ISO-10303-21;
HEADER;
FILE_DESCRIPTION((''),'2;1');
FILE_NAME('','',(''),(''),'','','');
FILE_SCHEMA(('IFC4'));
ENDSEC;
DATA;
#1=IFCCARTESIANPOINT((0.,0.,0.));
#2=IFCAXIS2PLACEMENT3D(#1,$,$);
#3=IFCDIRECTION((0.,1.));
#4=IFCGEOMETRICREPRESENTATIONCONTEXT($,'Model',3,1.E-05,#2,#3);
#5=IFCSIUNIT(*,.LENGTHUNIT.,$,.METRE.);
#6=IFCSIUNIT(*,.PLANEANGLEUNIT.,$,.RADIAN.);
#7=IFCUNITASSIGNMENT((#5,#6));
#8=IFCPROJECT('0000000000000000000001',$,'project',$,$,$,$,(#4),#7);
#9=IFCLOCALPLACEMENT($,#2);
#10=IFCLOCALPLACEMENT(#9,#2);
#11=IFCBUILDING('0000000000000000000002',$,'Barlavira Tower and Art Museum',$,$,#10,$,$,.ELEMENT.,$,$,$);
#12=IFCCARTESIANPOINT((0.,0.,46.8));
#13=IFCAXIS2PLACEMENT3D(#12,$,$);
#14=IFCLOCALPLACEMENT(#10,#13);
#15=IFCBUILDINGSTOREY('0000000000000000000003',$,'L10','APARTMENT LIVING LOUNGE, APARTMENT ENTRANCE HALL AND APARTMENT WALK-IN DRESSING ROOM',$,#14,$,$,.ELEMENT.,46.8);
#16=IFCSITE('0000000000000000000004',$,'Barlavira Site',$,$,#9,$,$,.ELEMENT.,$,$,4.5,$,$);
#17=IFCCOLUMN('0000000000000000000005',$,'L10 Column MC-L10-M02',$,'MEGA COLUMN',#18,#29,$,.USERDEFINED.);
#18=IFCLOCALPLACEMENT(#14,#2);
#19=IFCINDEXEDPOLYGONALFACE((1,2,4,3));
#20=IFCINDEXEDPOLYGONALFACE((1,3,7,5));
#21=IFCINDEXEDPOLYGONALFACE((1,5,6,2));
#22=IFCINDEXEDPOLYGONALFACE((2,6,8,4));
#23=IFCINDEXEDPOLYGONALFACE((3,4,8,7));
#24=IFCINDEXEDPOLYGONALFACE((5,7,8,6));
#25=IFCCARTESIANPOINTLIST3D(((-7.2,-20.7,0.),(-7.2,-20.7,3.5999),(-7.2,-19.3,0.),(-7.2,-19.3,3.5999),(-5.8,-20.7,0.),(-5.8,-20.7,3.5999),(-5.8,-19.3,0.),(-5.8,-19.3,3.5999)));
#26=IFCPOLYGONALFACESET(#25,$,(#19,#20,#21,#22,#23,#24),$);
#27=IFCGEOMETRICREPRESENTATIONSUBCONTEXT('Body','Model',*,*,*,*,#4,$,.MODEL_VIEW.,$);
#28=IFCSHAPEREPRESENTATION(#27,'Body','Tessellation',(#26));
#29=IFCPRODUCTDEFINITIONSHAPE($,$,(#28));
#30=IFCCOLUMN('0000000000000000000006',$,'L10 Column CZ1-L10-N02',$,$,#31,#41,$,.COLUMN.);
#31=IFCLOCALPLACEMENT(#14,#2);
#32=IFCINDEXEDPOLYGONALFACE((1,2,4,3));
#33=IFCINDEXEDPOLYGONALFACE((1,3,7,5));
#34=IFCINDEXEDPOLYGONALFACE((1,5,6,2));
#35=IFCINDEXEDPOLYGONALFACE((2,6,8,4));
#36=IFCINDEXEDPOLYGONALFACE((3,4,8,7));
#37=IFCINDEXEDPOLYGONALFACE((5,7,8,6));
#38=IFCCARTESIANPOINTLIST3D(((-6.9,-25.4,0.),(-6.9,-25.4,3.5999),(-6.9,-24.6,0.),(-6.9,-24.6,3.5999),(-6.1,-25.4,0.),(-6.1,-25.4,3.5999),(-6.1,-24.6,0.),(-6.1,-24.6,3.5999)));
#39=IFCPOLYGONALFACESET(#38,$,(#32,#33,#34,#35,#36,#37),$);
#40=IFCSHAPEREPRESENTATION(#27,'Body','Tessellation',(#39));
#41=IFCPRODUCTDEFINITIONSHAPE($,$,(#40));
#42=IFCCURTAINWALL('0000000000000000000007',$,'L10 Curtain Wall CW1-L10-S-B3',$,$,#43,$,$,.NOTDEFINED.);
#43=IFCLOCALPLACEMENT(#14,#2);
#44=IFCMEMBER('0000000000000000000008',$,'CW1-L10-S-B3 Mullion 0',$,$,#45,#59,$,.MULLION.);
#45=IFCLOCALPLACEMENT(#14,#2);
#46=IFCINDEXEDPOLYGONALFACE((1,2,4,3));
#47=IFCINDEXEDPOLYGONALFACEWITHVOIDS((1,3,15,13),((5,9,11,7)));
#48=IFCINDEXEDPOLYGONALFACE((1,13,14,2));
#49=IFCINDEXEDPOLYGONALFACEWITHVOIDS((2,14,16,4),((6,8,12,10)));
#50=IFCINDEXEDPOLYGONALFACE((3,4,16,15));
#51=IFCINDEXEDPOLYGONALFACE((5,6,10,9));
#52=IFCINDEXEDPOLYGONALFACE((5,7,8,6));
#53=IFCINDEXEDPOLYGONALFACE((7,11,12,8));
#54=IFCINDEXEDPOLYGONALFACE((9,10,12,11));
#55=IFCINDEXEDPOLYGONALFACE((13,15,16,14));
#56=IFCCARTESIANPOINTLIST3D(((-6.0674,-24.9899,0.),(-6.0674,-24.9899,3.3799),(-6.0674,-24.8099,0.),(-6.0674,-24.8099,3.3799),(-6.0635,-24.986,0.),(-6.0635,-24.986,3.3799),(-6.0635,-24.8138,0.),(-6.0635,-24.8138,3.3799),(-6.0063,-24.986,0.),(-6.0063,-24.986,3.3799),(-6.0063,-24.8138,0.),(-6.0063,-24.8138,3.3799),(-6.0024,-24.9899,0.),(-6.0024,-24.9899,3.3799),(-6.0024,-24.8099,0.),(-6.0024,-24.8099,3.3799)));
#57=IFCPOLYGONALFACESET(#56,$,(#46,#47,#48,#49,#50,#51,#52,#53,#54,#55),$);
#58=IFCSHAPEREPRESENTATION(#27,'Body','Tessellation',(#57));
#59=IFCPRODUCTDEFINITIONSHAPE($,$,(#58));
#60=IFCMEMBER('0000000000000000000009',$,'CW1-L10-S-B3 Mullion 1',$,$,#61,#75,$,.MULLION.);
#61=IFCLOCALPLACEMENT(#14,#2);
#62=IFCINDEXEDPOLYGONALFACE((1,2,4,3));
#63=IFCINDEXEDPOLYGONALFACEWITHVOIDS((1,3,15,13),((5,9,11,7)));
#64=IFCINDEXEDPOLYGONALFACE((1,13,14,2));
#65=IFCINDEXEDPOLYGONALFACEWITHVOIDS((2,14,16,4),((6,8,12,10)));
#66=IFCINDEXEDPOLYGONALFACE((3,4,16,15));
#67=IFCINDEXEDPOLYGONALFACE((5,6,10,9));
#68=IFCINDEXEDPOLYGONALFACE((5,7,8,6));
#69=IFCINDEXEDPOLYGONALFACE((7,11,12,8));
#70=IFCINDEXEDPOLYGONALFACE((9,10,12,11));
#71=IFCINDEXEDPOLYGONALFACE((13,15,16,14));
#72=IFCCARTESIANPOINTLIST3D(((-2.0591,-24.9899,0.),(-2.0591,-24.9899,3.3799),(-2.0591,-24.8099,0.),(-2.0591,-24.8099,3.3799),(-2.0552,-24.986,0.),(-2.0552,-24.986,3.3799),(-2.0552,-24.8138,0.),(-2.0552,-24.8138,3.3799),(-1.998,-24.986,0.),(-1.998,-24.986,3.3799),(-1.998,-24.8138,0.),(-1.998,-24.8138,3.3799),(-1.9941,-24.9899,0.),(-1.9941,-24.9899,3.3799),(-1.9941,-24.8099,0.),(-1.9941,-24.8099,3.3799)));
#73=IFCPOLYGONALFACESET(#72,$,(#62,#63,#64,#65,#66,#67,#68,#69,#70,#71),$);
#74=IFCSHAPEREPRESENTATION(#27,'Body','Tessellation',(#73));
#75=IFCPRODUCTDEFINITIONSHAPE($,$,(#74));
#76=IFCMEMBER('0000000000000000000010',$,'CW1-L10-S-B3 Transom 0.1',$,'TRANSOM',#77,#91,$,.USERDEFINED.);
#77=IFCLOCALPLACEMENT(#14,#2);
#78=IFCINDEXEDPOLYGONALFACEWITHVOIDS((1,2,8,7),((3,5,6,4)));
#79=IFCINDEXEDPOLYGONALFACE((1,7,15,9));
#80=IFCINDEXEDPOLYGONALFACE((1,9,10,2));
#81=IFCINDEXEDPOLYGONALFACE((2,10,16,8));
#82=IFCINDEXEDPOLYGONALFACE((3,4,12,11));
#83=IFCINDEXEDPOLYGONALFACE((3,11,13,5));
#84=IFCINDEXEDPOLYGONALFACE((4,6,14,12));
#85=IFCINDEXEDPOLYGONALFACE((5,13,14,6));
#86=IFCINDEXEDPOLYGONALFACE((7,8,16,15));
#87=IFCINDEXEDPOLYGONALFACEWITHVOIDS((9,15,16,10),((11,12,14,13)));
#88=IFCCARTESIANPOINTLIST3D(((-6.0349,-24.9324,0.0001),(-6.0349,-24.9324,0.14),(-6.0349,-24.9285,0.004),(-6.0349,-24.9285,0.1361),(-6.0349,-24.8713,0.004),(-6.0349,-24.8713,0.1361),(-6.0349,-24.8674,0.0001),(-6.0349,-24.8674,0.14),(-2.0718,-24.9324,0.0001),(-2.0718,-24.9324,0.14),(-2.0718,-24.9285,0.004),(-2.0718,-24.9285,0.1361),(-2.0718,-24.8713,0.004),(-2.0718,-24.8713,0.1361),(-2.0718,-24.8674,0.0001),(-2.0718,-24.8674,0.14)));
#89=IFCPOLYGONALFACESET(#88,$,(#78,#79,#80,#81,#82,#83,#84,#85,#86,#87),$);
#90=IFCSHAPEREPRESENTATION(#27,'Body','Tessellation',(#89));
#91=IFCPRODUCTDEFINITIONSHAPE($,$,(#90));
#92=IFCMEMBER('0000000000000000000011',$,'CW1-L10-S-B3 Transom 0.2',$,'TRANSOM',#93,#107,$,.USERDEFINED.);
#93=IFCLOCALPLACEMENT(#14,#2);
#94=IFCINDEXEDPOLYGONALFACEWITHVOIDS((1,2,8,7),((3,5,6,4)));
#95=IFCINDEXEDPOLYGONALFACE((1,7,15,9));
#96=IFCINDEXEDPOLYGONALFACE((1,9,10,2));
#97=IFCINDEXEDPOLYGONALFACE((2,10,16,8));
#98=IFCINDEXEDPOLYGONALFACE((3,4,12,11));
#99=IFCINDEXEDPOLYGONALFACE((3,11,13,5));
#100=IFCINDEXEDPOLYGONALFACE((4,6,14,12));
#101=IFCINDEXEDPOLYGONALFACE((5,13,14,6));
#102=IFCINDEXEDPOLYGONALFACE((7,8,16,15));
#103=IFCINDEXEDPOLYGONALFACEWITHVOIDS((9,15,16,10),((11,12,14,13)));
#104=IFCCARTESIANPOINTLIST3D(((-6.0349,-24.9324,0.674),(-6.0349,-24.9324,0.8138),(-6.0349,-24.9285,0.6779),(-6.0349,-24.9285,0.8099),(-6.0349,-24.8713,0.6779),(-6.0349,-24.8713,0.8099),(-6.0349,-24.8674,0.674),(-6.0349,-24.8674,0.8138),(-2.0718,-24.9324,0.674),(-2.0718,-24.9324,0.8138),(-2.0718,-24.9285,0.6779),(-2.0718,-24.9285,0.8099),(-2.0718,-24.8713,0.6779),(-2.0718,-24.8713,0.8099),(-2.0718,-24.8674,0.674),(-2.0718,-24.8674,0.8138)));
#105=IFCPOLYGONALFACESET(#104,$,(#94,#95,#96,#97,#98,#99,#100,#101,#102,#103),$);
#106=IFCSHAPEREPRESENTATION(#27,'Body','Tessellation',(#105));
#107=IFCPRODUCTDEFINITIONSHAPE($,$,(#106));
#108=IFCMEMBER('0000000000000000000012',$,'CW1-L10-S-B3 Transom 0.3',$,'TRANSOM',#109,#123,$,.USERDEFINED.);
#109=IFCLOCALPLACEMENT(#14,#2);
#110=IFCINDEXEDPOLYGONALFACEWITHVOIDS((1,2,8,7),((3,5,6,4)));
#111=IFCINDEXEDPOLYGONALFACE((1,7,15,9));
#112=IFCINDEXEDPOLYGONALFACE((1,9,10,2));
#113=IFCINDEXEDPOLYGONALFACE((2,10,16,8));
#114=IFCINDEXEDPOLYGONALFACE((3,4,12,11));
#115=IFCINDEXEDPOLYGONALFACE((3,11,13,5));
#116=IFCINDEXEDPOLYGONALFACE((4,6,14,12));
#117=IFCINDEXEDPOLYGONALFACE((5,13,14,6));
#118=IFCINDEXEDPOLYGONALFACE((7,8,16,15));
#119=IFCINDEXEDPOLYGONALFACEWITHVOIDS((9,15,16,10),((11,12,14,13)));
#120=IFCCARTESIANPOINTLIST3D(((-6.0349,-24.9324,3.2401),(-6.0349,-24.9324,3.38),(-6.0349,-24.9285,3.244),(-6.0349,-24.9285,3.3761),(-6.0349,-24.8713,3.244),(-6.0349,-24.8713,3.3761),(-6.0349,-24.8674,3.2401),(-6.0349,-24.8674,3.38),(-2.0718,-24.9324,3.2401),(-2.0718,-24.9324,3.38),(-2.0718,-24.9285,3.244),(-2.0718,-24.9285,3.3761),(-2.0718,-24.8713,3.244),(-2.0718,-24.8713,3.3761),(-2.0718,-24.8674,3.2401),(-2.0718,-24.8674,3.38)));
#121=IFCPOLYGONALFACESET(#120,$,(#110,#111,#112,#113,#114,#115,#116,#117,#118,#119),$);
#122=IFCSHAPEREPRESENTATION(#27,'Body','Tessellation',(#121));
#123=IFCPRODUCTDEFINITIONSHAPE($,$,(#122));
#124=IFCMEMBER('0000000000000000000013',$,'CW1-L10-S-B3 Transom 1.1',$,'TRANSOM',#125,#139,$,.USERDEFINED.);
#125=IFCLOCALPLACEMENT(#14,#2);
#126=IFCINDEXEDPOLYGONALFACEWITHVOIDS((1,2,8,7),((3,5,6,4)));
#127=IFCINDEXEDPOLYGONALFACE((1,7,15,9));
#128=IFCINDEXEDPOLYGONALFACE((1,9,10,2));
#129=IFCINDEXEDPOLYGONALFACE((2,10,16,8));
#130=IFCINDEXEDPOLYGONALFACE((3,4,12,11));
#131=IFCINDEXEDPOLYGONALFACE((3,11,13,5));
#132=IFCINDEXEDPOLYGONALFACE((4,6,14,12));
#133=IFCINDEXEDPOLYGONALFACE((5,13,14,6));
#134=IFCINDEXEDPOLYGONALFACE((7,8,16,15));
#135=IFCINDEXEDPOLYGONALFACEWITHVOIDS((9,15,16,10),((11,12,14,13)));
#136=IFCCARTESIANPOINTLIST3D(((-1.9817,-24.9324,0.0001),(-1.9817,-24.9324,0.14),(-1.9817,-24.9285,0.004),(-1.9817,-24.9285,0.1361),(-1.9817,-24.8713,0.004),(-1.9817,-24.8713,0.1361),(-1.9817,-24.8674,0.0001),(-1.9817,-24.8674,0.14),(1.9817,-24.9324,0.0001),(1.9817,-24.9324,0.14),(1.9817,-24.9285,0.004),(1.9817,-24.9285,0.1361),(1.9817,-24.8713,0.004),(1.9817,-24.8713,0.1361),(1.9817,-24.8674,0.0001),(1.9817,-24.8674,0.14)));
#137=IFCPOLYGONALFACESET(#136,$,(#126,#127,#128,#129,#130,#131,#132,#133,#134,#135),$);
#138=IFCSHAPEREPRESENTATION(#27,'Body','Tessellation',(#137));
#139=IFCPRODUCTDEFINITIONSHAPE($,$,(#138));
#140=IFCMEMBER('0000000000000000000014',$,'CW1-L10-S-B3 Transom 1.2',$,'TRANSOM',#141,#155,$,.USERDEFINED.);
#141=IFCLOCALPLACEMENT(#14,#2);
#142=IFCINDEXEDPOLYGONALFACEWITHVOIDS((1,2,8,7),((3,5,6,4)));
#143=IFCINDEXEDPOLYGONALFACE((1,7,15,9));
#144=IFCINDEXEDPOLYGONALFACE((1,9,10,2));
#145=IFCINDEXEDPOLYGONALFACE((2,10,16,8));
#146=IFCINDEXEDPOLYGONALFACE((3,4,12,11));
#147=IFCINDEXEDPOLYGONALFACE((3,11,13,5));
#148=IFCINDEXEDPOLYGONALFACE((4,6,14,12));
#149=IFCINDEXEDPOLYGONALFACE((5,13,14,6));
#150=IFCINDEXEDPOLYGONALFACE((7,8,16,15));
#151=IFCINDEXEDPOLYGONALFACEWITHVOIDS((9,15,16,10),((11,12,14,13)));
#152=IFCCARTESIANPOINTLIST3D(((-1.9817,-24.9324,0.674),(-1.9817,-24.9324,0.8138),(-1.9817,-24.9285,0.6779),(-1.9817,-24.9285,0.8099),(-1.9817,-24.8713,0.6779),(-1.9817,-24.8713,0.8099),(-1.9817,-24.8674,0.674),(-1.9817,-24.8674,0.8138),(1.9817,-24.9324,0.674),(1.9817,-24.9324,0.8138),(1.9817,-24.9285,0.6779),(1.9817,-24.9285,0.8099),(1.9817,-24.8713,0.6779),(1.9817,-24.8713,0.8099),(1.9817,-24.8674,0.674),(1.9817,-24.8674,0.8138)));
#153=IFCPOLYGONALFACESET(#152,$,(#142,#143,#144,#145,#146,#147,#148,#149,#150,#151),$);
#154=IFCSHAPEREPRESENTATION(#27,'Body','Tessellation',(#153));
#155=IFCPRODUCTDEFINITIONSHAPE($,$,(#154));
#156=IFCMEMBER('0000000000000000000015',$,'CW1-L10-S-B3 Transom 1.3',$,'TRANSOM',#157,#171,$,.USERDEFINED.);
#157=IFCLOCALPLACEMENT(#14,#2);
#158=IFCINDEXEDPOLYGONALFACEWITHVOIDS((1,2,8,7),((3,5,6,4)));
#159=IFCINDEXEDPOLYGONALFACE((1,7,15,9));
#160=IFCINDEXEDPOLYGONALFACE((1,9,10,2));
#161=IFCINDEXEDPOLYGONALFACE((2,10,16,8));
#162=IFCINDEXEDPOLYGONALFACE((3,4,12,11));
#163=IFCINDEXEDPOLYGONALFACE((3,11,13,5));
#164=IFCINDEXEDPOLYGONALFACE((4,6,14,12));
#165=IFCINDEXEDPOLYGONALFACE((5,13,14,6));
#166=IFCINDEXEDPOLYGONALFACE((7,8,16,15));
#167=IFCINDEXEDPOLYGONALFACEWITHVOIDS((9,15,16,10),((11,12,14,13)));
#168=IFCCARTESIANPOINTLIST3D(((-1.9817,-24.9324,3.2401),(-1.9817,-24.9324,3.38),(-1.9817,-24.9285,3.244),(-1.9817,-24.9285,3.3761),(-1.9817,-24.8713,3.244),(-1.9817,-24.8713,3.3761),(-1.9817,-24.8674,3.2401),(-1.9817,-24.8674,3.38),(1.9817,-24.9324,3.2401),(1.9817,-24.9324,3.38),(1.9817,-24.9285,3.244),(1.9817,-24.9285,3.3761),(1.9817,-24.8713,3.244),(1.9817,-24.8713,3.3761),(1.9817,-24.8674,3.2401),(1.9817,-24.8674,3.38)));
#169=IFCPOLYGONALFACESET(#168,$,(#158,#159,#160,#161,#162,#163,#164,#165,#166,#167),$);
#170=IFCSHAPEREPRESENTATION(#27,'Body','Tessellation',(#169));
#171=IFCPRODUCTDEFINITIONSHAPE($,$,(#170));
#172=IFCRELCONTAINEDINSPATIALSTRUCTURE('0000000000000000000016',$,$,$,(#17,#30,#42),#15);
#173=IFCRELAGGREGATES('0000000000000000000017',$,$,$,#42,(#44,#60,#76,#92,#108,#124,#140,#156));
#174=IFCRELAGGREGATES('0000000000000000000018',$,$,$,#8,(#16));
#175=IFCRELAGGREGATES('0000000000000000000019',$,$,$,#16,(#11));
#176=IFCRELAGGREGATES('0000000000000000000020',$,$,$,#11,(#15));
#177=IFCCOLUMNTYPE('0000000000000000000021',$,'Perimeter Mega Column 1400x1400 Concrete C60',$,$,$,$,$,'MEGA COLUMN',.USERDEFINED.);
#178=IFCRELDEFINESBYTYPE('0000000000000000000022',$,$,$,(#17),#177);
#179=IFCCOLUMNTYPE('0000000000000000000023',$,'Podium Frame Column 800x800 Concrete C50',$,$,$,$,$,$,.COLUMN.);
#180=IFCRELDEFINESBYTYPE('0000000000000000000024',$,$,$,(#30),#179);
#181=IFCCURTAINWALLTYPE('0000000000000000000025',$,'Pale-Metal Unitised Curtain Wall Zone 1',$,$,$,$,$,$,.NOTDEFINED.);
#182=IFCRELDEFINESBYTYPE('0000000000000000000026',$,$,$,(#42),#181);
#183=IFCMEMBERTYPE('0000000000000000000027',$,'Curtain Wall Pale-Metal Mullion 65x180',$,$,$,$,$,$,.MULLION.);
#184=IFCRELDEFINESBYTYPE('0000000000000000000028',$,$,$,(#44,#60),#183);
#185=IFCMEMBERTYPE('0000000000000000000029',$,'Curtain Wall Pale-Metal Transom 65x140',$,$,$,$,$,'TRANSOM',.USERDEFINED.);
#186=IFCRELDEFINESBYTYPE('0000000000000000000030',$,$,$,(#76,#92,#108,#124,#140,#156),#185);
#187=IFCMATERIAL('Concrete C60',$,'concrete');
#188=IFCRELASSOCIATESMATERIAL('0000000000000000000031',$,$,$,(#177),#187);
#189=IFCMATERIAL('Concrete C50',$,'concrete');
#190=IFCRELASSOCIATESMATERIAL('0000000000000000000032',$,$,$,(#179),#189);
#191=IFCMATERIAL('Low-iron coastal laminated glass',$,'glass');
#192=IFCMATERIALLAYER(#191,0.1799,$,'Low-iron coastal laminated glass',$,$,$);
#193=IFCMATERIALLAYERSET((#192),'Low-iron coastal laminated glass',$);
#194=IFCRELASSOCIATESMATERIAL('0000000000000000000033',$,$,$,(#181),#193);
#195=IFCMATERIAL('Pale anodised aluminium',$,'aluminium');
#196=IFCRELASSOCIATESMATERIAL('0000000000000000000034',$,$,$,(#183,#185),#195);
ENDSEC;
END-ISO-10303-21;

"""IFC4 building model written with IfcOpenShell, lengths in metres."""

from ifc_helpers import new_model, si_unit, direction, frame, origin, origin_2d, place, context, subcontext, project, spatial, rectangle, hollow_rectangle, extrude, material, layer, layer_set, material_profile, profile_set, type_object, element, aggregate, save


model = new_model("IFC4")

# Units and contexts
model_context = context("Model", 3, precision=1e-05, world=origin(), true_north=direction((0.0, 1.0)))
body_context = subcontext(model_context, "Body", "Model", "MODEL_VIEW")
ifc_project = project(units=[si_unit("LENGTHUNIT", "METRE"), si_unit("PLANEANGLEUNIT", "RADIAN")], contexts=[model_context])

# Site, building, storey
site_placement = place(None, origin())
site = spatial("IfcSite", under=ifc_project, at=site_placement, Name="Barlavira Site", CompositionType="ELEMENT", RefElevation=4.5)
building_placement = place(site_placement, origin())
building = spatial("IfcBuilding", under=site, at=building_placement, Name="Barlavira Tower and Art Museum", CompositionType="ELEMENT")
storey_placement = place(building_placement, frame((0.0, 0.0, 46.8)))
storey = spatial("IfcBuildingStorey", under=building, at=storey_placement, Name="L10", Description="APARTMENT LIVING LOUNGE, APARTMENT ENTRANCE HALL AND APARTMENT WALK-IN DRESSING ROOM", CompositionType="ELEMENT", Elevation=46.8)

# Columns
ifc_material_1 = material(Name="Concrete C60", Category="concrete")
ifc_material_profile_1 = material_profile(ifc_material_1, rectangle(XDim=1.3999, YDim=1.3999, at=origin_2d()), Name="RC-MCOL 1400x1400")
ifc_profile_set_1 = profile_set([ifc_material_profile_1], Name="Concrete C60")
column_type_1 = type_object("IfcColumnType", Name="Perimeter Mega Column 1400x1400 Concrete C60", ElementType="MEGA COLUMN", PredefinedType="USERDEFINED", material=ifc_profile_set_1)
column_1_placement = place(storey_placement, frame((-6.5, -20.0, 0.0), z_axis=(0.0, 0.0, 1.0), x_axis=(1.0, 0.0, 0.0)))
element("IfcColumn", 1, at=column_1_placement, inside=storey, type_object=column_type_1, Name="L10 Column MC-L10-M02", ObjectType="MEGA COLUMN", PredefinedType="USERDEFINED", context=body_context, shape_type="SweptSolid", body=[
    extrude(rectangle(XDim=1.3999, YDim=1.3999, at=origin_2d()), origin(), (0.0, 0.0, 1.0), 3.5999),
])
ifc_material_2 = material(Name="Concrete C50", Category="concrete")
ifc_material_profile_2 = material_profile(ifc_material_2, rectangle(XDim=0.8, YDim=0.8, at=origin_2d()), Name="RC-COL 800x800")
ifc_profile_set_2 = profile_set([ifc_material_profile_2], Name="Concrete C50")
column_type_2 = type_object("IfcColumnType", Name="Podium Frame Column 800x800 Concrete C50", PredefinedType="COLUMN", material=ifc_profile_set_2)
column_2_placement = place(storey_placement, frame((-6.5, -25.0, 0.0), z_axis=(0.0, 0.0, 1.0), x_axis=(1.0, 0.0, 0.0)))
element("IfcColumn", 2, at=column_2_placement, inside=storey, type_object=column_type_2, Name="L10 Column CZ1-L10-N02", PredefinedType="COLUMN", context=body_context, shape_type="SweptSolid", body=[
    extrude(rectangle(XDim=0.8, YDim=0.8, at=origin_2d()), origin(), (0.0, 0.0, 1.0), 3.5999),
])

# Curtain wall, members
ifc_material_3 = material(Name="Low-iron coastal laminated glass", Category="glass")
ifc_layer_1 = layer(ifc_material_3, 0.1799, Name="Low-iron coastal laminated glass")
ifc_layer_set_1 = layer_set([ifc_layer_1], Name="Low-iron coastal laminated glass")
curtain_wall_type = type_object("IfcCurtainWallType", Name="Pale-Metal Unitised Curtain Wall Zone 1", PredefinedType="NOTDEFINED", material=ifc_layer_set_1)
curtain_wall_placement = place(storey_placement, origin())
curtain_wall = element("IfcCurtainWall", 3, at=curtain_wall_placement, inside=storey, type_object=curtain_wall_type, Name="L10 Curtain Wall CW1-L10-S-B3", PredefinedType="NOTDEFINED")
ifc_material_4 = material(Name="Pale anodised aluminium", Category="aluminium")
ifc_material_profile_3 = material_profile(ifc_material_4, hollow_rectangle(XDim=0.0649, YDim=0.1799, WallThickness=0.0039, at=origin_2d()), Name="ALU-MULL 65x180x4")
ifc_profile_set_3 = profile_set([ifc_material_profile_3], Name="Pale anodised aluminium")
member_type_1 = type_object("IfcMemberType", Name="Curtain Wall Pale-Metal Mullion 65x180", PredefinedType="MULLION", material=ifc_profile_set_3)
member_1_placement = place(storey_placement, frame((-6.0349, -24.8999, 0.0), z_axis=(0.0, 0.0, 1.0), x_axis=(1.0, 0.0, 0.0)))
member_1 = element("IfcMember", 4, at=member_1_placement, type_object=member_type_1, Name="CW1-L10-S-B3 Mullion 0", PredefinedType="MULLION", context=body_context, shape_type="SweptSolid", body=[
    extrude(hollow_rectangle(XDim=0.0649, YDim=0.1799, WallThickness=0.0039, at=origin_2d()), origin(), (0.0, 0.0, 1.0), 3.3799),
])
member_2_placement = place(storey_placement, frame((-2.0266, -24.8999, 0.0), z_axis=(0.0, 0.0, 1.0), x_axis=(1.0, 0.0, 0.0)))
member_2 = element("IfcMember", 5, at=member_2_placement, type_object=member_type_1, Name="CW1-L10-S-B3 Mullion 1", PredefinedType="MULLION", context=body_context, shape_type="SweptSolid", body=[
    extrude(hollow_rectangle(XDim=0.0649, YDim=0.1799, WallThickness=0.0039, at=origin_2d()), origin(), (0.0, 0.0, 1.0), 3.3799),
])
ifc_material_profile_4 = material_profile(ifc_material_4, hollow_rectangle(XDim=0.0649, YDim=0.1399, WallThickness=0.0039, at=origin_2d()), Name="ALU-TRAN 65x140x4")
ifc_profile_set_4 = profile_set([ifc_material_profile_4], Name="Pale anodised aluminium")
member_type_2 = type_object("IfcMemberType", Name="Curtain Wall Pale-Metal Transom 65x140", ElementType="TRANSOM", PredefinedType="USERDEFINED", material=ifc_profile_set_4)
member_3_placement = place(storey_placement, frame((-6.0349, -24.8999, 0.0701), z_axis=(1.0, 0.0, 0.0), x_axis=(0.0, 1.0, 0.0)))
member_3 = element("IfcMember", 6, at=member_3_placement, type_object=member_type_2, Name="CW1-L10-S-B3 Transom 0.1", ObjectType="TRANSOM", PredefinedType="USERDEFINED", context=body_context, shape_type="SweptSolid", body=[
    extrude(hollow_rectangle(XDim=0.0649, YDim=0.1399, WallThickness=0.0039, at=origin_2d()), origin(), (0.0, 0.0, 1.0), 3.9631),
])
member_4_placement = place(storey_placement, frame((-6.0349, -24.8999, 0.7439), z_axis=(1.0, 0.0, 0.0), x_axis=(0.0, 1.0, 0.0)))
member_4 = element("IfcMember", 7, at=member_4_placement, type_object=member_type_2, Name="CW1-L10-S-B3 Transom 0.2", ObjectType="TRANSOM", PredefinedType="USERDEFINED", context=body_context, shape_type="SweptSolid", body=[
    extrude(hollow_rectangle(XDim=0.0649, YDim=0.1399, WallThickness=0.0039, at=origin_2d()), origin(), (0.0, 0.0, 1.0), 3.9631),
])
member_5_placement = place(storey_placement, frame((-6.0349, -24.8999, 3.3101), z_axis=(1.0, 0.0, 0.0), x_axis=(0.0, 1.0, 0.0)))
member_5 = element("IfcMember", 8, at=member_5_placement, type_object=member_type_2, Name="CW1-L10-S-B3 Transom 0.3", ObjectType="TRANSOM", PredefinedType="USERDEFINED", context=body_context, shape_type="SweptSolid", body=[
    extrude(hollow_rectangle(XDim=0.0649, YDim=0.1399, WallThickness=0.0039, at=origin_2d()), origin(), (0.0, 0.0, 1.0), 3.9631),
])
member_6_placement = place(storey_placement, frame((-1.9817, -24.8999, 0.0701), z_axis=(1.0, 0.0, 0.0), x_axis=(0.0, 1.0, 0.0)))
member_6 = element("IfcMember", 9, at=member_6_placement, type_object=member_type_2, Name="CW1-L10-S-B3 Transom 1.1", ObjectType="TRANSOM", PredefinedType="USERDEFINED", context=body_context, shape_type="SweptSolid", body=[
    extrude(hollow_rectangle(XDim=0.0649, YDim=0.1399, WallThickness=0.0039, at=origin_2d()), origin(), (0.0, 0.0, 1.0), 3.9634),
])
member_7_placement = place(storey_placement, frame((-1.9817, -24.8999, 0.7439), z_axis=(1.0, 0.0, 0.0), x_axis=(0.0, 1.0, 0.0)))
member_7 = element("IfcMember", 10, at=member_7_placement, type_object=member_type_2, Name="CW1-L10-S-B3 Transom 1.2", ObjectType="TRANSOM", PredefinedType="USERDEFINED", context=body_context, shape_type="SweptSolid", body=[
    extrude(hollow_rectangle(XDim=0.0649, YDim=0.1399, WallThickness=0.0039, at=origin_2d()), origin(), (0.0, 0.0, 1.0), 3.9634),
])
member_8_placement = place(storey_placement, frame((-1.9817, -24.8999, 3.3101), z_axis=(1.0, 0.0, 0.0), x_axis=(0.0, 1.0, 0.0)))
member_8 = element("IfcMember", 11, at=member_8_placement, type_object=member_type_2, Name="CW1-L10-S-B3 Transom 1.3", ObjectType="TRANSOM", PredefinedType="USERDEFINED", context=body_context, shape_type="SweptSolid", body=[
    extrude(hollow_rectangle(XDim=0.0649, YDim=0.1399, WallThickness=0.0039, at=origin_2d()), origin(), (0.0, 0.0, 1.0), 3.9634),
])

aggregate(curtain_wall, [member_1, member_2, member_3, member_4, member_5, member_6, member_7, member_8])

save(model, "model.ifc")
